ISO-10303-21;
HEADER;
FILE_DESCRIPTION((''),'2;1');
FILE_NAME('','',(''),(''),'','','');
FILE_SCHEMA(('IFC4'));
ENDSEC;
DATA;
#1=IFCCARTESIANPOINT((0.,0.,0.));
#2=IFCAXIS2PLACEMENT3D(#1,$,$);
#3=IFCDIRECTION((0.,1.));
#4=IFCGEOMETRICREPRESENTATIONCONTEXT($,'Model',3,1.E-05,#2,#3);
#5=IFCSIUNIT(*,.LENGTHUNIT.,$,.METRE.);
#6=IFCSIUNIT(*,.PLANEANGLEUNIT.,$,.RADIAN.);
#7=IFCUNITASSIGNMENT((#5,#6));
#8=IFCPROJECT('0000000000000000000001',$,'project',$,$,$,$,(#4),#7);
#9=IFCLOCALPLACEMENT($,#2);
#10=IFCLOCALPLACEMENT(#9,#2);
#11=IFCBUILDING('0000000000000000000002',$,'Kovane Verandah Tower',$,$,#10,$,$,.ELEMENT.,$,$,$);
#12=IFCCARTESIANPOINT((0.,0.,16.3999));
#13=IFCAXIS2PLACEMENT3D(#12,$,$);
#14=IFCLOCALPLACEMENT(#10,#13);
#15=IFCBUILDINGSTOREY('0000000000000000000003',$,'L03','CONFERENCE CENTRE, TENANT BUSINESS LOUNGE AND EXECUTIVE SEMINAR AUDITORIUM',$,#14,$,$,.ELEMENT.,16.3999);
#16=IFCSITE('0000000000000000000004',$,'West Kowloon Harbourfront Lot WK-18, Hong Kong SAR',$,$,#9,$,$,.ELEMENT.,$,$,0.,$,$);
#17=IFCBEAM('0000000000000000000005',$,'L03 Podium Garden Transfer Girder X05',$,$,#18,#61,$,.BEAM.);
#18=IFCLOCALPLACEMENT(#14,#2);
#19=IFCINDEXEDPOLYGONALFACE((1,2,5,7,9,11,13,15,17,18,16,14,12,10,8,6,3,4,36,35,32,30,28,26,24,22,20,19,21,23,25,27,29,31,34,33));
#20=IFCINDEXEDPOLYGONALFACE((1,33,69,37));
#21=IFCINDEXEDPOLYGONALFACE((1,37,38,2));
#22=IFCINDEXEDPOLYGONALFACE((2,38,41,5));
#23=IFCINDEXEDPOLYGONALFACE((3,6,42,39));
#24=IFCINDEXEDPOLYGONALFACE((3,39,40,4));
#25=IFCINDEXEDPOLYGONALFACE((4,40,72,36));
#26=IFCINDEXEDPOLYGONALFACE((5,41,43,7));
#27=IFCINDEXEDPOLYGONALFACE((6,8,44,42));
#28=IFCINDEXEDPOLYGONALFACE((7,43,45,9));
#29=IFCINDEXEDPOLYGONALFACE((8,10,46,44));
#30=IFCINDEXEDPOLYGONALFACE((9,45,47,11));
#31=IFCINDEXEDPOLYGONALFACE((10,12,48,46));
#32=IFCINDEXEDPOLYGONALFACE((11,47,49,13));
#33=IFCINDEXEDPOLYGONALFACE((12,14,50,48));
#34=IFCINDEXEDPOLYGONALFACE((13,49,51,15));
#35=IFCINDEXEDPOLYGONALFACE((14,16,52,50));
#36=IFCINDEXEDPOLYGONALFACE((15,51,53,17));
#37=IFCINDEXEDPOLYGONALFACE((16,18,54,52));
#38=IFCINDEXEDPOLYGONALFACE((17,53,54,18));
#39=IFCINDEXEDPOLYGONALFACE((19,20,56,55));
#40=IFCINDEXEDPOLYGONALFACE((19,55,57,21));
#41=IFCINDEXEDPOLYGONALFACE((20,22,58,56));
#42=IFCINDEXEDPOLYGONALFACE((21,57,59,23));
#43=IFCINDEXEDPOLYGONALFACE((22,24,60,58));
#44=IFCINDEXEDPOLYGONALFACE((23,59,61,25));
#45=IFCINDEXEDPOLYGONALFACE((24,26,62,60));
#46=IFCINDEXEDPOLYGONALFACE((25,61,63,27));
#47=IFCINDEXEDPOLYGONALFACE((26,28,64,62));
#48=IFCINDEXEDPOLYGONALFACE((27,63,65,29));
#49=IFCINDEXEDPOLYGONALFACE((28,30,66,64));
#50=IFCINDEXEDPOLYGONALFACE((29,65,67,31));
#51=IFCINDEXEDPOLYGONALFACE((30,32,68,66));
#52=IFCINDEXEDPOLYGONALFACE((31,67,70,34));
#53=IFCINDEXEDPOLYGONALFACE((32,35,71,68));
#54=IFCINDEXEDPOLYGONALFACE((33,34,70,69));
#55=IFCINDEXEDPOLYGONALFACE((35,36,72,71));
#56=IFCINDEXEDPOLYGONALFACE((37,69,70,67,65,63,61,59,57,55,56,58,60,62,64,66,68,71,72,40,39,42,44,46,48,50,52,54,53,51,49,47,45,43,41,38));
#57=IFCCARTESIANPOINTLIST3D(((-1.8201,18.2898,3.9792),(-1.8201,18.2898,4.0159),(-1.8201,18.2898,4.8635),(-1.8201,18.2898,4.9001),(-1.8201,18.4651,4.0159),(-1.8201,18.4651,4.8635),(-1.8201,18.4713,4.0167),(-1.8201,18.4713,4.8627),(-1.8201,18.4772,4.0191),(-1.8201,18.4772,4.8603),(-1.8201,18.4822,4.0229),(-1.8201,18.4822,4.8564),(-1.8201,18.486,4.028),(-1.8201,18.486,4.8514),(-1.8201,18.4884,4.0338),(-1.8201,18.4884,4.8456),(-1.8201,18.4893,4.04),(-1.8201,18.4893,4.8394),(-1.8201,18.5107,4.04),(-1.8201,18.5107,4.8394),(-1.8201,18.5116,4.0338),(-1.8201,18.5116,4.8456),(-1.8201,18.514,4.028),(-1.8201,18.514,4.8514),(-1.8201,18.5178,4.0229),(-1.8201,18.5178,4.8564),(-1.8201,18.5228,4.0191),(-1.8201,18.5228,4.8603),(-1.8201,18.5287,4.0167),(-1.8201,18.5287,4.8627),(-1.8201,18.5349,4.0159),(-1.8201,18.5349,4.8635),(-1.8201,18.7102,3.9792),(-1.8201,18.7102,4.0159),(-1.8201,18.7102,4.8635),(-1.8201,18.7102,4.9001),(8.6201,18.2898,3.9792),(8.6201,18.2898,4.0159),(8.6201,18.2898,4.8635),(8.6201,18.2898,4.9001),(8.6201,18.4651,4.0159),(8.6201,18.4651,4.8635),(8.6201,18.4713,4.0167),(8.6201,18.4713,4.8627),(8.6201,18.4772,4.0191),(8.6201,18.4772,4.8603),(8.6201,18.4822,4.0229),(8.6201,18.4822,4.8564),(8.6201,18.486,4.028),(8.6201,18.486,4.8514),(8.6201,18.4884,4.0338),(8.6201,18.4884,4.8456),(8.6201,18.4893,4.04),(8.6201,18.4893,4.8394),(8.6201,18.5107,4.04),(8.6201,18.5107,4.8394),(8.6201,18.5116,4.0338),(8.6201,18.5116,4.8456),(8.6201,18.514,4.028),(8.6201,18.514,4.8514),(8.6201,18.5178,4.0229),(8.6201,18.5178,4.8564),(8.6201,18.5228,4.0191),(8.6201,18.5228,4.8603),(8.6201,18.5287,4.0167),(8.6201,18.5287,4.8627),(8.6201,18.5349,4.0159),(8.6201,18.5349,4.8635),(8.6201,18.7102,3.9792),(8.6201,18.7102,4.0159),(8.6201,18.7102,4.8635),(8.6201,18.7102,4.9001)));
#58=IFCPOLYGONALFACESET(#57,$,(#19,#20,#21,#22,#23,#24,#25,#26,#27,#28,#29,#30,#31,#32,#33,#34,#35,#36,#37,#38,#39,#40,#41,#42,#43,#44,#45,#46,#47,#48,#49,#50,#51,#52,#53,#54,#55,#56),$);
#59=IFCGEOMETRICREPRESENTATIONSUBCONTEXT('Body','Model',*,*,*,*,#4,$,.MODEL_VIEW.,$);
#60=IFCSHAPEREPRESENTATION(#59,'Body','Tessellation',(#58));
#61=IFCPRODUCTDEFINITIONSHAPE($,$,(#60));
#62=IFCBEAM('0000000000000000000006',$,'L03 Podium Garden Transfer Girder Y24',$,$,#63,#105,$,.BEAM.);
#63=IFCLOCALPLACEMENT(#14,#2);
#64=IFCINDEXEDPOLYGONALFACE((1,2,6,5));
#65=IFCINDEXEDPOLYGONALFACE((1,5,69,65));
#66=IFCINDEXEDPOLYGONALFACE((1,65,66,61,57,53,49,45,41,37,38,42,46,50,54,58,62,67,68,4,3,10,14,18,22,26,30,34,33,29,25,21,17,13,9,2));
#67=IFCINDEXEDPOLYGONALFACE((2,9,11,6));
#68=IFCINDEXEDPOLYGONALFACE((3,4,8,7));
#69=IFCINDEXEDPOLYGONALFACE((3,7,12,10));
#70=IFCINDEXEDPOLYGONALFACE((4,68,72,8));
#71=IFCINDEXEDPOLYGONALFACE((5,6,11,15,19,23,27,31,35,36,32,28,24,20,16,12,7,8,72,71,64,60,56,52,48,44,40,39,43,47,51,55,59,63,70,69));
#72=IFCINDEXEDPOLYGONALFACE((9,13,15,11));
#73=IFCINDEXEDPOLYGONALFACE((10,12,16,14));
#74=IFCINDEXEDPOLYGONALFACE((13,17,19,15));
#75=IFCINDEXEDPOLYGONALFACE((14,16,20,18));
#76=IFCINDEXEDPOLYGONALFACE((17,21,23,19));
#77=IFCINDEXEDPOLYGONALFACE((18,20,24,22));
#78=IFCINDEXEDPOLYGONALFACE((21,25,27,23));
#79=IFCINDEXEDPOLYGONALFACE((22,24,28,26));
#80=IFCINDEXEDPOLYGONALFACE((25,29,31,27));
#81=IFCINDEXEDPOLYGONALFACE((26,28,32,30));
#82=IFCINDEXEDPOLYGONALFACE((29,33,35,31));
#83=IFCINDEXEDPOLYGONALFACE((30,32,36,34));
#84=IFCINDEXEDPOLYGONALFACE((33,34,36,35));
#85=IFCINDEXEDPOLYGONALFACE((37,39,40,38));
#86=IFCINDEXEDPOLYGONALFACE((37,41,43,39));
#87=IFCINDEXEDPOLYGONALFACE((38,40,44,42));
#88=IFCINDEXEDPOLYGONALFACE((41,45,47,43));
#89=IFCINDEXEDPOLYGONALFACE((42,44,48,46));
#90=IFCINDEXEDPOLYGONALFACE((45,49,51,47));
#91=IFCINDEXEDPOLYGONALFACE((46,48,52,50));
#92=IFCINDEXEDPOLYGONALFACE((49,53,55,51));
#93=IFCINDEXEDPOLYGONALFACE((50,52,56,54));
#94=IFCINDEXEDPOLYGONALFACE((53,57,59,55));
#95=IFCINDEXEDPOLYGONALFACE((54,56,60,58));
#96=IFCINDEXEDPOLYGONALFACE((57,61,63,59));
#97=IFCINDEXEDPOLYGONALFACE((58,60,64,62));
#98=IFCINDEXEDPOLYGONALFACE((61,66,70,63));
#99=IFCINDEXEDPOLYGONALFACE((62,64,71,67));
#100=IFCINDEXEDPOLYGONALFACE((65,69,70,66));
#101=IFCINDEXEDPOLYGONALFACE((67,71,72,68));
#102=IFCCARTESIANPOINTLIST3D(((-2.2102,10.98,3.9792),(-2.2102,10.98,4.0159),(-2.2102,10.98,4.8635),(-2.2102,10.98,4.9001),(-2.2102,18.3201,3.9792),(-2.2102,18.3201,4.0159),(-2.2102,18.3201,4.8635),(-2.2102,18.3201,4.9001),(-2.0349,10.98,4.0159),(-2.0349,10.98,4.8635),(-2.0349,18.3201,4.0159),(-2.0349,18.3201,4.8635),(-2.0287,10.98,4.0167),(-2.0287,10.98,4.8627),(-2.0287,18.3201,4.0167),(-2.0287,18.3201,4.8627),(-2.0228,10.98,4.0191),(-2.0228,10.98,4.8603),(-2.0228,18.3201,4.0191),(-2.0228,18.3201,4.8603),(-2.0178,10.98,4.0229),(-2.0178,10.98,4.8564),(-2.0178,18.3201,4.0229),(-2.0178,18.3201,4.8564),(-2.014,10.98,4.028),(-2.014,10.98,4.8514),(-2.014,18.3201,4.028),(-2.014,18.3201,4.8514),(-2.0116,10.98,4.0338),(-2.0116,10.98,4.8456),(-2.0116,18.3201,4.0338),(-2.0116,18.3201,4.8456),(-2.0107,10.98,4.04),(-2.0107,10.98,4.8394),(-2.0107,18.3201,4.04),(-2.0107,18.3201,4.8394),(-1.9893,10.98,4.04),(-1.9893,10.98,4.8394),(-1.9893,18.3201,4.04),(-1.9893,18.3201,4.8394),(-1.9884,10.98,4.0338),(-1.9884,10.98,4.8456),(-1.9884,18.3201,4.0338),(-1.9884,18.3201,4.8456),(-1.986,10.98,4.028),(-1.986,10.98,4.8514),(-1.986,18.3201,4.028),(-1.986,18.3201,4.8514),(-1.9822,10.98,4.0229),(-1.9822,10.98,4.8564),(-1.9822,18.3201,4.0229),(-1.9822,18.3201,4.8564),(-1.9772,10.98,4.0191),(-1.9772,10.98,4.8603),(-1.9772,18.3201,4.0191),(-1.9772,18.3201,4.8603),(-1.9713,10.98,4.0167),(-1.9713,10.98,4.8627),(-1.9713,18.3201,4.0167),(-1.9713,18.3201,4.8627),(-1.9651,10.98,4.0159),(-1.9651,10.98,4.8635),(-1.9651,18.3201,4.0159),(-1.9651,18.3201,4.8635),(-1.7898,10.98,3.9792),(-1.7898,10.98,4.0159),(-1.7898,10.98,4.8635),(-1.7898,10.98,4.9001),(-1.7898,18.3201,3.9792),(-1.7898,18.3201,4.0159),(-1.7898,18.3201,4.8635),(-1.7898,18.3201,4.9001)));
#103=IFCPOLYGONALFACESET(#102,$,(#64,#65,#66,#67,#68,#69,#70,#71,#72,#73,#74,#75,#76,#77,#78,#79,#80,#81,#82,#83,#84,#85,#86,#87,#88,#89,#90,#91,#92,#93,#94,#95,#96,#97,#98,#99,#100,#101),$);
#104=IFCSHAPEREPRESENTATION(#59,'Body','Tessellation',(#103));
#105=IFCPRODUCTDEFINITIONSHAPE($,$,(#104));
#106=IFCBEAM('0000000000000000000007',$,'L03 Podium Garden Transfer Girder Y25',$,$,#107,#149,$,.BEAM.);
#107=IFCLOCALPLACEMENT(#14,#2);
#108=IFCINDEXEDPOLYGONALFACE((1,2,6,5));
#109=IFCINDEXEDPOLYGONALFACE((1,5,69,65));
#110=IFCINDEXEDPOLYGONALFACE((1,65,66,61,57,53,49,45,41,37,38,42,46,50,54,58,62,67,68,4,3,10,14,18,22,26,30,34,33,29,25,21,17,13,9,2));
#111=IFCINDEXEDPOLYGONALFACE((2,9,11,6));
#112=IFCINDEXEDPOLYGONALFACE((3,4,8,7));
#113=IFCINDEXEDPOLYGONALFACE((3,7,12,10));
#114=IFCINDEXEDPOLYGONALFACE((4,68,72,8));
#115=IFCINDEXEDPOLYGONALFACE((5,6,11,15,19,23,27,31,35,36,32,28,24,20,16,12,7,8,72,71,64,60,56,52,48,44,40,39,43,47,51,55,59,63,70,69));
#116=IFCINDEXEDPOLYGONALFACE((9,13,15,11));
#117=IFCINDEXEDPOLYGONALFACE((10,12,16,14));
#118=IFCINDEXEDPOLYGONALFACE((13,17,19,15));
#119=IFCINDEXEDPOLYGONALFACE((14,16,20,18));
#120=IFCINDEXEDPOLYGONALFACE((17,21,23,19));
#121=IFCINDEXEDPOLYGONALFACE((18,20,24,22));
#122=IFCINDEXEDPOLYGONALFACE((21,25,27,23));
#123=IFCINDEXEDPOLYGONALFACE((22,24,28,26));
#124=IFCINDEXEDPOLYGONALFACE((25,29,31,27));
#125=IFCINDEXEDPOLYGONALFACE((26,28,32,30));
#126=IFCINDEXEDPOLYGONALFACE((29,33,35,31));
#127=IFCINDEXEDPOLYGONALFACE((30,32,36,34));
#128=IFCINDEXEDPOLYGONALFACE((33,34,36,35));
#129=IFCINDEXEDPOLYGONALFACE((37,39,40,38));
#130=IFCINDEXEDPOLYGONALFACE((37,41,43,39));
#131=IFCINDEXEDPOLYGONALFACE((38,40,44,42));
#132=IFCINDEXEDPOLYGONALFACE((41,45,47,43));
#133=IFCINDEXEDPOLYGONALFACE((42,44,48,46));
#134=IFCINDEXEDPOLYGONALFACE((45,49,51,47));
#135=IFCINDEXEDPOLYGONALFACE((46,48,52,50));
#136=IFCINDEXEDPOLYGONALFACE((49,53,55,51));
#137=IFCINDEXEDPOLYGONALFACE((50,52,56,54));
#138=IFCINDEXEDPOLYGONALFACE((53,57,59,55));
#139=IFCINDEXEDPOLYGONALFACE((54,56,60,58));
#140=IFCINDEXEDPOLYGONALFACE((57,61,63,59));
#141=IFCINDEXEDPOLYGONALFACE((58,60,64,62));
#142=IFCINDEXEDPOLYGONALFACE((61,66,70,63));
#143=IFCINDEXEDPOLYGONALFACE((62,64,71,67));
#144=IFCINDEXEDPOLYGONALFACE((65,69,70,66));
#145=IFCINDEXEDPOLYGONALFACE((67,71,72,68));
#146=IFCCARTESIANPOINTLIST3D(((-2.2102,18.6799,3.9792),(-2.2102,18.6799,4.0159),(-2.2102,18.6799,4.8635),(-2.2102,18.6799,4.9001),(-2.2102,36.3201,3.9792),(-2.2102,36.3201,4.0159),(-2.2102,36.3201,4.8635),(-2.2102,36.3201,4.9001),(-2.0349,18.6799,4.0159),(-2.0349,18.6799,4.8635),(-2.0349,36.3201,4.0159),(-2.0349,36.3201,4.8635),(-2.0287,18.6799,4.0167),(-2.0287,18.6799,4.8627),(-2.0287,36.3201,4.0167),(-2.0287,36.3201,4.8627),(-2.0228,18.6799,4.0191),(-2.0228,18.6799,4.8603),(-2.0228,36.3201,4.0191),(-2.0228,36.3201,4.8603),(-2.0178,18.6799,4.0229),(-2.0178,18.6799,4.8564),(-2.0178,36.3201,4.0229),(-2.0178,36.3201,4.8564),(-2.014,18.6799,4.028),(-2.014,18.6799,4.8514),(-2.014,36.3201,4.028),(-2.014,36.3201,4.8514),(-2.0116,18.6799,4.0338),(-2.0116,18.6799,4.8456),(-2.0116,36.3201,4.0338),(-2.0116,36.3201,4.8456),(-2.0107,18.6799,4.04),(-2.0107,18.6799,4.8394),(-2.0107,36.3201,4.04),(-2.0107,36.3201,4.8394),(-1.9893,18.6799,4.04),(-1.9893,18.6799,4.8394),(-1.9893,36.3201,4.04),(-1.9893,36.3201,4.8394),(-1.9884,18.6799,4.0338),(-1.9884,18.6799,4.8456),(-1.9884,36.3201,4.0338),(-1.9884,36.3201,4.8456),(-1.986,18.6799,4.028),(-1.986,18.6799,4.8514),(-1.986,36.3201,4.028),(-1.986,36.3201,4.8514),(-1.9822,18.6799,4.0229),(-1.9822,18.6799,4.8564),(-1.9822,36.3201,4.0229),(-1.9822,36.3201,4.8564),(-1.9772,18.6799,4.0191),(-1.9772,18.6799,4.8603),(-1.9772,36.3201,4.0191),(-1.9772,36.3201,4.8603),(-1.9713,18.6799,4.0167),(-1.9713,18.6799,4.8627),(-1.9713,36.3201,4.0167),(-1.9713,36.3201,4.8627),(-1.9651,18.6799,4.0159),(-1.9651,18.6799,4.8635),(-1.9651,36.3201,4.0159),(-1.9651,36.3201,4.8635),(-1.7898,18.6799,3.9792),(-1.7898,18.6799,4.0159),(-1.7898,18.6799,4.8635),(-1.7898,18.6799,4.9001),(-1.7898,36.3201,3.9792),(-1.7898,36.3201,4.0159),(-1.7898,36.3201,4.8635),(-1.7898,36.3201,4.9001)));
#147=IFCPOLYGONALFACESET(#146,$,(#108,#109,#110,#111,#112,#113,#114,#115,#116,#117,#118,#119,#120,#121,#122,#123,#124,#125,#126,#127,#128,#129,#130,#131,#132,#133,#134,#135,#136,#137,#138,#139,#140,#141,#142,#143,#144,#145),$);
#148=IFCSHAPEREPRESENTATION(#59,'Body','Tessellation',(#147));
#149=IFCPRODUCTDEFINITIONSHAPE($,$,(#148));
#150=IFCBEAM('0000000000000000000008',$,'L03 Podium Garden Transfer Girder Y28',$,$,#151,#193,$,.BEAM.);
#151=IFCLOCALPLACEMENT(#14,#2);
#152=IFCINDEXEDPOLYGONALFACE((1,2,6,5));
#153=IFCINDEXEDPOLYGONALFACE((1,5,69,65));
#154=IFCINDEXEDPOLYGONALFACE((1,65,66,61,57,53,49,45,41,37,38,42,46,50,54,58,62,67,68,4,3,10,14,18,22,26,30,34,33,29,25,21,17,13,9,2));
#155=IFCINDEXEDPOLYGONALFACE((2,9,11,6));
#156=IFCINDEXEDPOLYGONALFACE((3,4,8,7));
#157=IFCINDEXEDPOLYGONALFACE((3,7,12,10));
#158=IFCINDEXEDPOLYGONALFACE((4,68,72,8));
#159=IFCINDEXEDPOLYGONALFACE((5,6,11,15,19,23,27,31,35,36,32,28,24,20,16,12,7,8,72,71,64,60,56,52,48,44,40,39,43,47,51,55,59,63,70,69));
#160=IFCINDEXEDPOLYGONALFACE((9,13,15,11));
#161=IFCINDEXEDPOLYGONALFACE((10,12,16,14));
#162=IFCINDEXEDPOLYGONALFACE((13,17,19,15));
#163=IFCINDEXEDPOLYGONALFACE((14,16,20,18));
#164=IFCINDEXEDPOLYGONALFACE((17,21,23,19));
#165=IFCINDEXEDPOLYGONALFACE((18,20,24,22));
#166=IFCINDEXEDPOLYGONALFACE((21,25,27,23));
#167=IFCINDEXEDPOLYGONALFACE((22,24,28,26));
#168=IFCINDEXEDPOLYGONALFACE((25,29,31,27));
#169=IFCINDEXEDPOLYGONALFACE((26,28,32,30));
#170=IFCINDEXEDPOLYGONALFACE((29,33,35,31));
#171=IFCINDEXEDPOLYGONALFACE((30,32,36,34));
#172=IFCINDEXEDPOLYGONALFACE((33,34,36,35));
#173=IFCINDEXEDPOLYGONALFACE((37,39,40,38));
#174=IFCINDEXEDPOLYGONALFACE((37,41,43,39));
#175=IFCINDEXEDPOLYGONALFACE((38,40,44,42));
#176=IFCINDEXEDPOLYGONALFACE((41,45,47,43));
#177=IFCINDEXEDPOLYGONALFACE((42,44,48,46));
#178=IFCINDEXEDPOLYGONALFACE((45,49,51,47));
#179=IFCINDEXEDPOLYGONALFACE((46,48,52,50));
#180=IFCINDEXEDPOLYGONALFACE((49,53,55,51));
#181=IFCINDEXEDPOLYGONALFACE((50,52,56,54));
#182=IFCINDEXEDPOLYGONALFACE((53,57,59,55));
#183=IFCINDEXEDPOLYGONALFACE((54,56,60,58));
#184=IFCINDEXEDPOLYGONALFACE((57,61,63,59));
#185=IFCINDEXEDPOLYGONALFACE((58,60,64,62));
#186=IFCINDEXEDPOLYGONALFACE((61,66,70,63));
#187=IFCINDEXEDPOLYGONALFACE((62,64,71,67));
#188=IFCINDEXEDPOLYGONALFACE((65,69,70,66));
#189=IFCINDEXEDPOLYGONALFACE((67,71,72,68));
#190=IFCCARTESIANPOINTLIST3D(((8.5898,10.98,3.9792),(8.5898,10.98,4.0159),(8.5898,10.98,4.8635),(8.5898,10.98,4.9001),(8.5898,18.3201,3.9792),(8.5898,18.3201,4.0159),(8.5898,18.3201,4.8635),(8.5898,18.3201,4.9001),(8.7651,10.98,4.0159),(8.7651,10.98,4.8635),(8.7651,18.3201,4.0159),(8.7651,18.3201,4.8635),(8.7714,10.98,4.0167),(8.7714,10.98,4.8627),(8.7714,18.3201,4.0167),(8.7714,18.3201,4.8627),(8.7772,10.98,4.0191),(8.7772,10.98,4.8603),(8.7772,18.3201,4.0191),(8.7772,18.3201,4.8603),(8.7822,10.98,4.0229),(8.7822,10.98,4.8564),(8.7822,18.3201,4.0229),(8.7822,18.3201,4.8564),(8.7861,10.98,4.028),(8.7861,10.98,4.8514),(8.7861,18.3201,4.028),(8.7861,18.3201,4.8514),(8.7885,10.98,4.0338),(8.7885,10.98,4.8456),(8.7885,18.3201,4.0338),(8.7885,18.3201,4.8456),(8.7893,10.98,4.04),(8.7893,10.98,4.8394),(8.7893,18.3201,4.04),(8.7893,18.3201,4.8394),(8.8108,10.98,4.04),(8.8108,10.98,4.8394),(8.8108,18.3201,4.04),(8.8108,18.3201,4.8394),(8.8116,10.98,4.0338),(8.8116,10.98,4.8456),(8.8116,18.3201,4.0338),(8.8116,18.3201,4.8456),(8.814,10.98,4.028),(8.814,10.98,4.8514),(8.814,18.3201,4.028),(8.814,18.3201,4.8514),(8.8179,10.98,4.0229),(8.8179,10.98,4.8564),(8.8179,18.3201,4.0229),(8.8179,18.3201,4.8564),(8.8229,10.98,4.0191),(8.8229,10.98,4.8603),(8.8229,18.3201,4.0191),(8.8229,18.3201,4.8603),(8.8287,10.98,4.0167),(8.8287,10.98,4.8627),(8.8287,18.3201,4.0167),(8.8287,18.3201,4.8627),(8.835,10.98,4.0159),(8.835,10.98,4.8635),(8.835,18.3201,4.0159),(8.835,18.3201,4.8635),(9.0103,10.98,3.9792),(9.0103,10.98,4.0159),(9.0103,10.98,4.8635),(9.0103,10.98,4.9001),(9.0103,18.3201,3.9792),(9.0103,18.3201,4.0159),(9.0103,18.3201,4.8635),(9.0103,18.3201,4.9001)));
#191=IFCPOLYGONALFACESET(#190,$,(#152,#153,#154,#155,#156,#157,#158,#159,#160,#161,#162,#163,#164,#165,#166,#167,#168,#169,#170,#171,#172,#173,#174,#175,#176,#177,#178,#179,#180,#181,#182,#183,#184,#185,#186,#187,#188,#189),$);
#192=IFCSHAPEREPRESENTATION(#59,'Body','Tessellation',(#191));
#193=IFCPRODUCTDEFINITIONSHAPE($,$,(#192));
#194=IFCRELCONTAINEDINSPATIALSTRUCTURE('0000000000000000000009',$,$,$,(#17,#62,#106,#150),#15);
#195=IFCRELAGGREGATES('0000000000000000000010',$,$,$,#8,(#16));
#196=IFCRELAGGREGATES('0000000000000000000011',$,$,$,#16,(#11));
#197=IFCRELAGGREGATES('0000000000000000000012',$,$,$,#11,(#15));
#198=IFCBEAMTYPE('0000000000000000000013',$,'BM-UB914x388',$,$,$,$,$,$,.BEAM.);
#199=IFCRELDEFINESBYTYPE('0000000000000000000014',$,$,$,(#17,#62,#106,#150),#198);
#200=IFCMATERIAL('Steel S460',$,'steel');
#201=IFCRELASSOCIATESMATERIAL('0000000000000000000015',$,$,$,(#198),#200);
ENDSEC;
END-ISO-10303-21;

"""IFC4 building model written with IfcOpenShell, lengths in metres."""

from ifc_helpers import new_model, si_unit, direction, frame, origin, origin_2d, place, context, subcontext, project, spatial, i_section, extrude, material, material_profile, profile_set, type_object, element, save


model = new_model("IFC4")

# Units and contexts
model_context = context("Model", 3, precision=1e-05, world=origin(), true_north=direction((0.0, 1.0)))
body_context = subcontext(model_context, "Body", "Model", "MODEL_VIEW")
ifc_project = project(units=[si_unit("LENGTHUNIT", "METRE"), si_unit("PLANEANGLEUNIT", "RADIAN")], contexts=[model_context])

# Site, building, storey
site_placement = place(None, origin())
site = spatial("IfcSite", under=ifc_project, at=site_placement, Name="West Kowloon Harbourfront Lot WK-18, Hong Kong SAR", CompositionType="ELEMENT", RefElevation=0.0)
building_placement = place(site_placement, origin())
building = spatial("IfcBuilding", under=site, at=building_placement, Name="Kovane Verandah Tower", CompositionType="ELEMENT")
storey_placement = place(building_placement, frame((0.0, 0.0, 16.3999)))
storey = spatial("IfcBuildingStorey", under=building, at=storey_placement, Name="L03", Description="CONFERENCE CENTRE, TENANT BUSINESS LOUNGE AND EXECUTIVE SEMINAR AUDITORIUM", CompositionType="ELEMENT", Elevation=16.3999)

# Beams
ifc_material_1 = material(Name="Steel S460", Category="steel")
ifc_material_profile_1 = material_profile(ifc_material_1, i_section(OverallWidth=0.4204, OverallDepth=0.9209, WebThickness=0.0215, FlangeThickness=0.0366, FilletRadius=0.0242, at=origin_2d()), Name="UB914x419x388")
ifc_profile_set_1 = profile_set([ifc_material_profile_1], Name="Steel S460")
beam_type = type_object("IfcBeamType", Name="BM-UB914x388", PredefinedType="BEAM", material=ifc_profile_set_1)
for number, where, z_axis, x_axis, name in (
    (1, (-1.8201, 18.5, 4.4397), (1.0, 0.0, 0.0), (0.0, 1.0, 0.0), "L03 Podium Garden Transfer Girder X05"),
):
    element("IfcBeam", number, at=place(storey_placement, frame(where, z_axis=z_axis, x_axis=x_axis)), inside=storey, type_object=beam_type, Name=name, PredefinedType="BEAM", context=body_context, shape_type="SweptSolid", body=[
        extrude(i_section(OverallWidth=0.4204, OverallDepth=0.9209, WebThickness=0.0215, FlangeThickness=0.0366, FilletRadius=0.0242, at=origin_2d()), origin(), (0.0, 0.0, 1.0), 10.4402),
    ])
beam_1_placement = place(storey_placement, frame((-2.0, 10.98, 4.4397), z_axis=(0.0, 1.0, 0.0), x_axis=(-1.0, 0.0, 0.0)))
element("IfcBeam", 2, at=beam_1_placement, inside=storey, type_object=beam_type, Name="L03 Podium Garden Transfer Girder Y24", PredefinedType="BEAM", context=body_context, shape_type="SweptSolid", body=[
    extrude(i_section(OverallWidth=0.4204, OverallDepth=0.9209, WebThickness=0.0215, FlangeThickness=0.0366, FilletRadius=0.0242, at=origin_2d()), origin(), (0.0, 0.0, 1.0), 7.3401),
])
beam_2_placement = place(storey_placement, frame((-2.0, 18.6799, 4.4397), z_axis=(0.0, 1.0, 0.0), x_axis=(-1.0, 0.0, 0.0)))
element("IfcBeam", 3, at=beam_2_placement, inside=storey, type_object=beam_type, Name="L03 Podium Garden Transfer Girder Y25", PredefinedType="BEAM", context=body_context, shape_type="SweptSolid", body=[
    extrude(i_section(OverallWidth=0.4204, OverallDepth=0.9209, WebThickness=0.0215, FlangeThickness=0.0366, FilletRadius=0.0242, at=origin_2d()), origin(), (0.0, 0.0, 1.0), 17.6401),
])
beam_3_placement = place(storey_placement, frame((8.8, 10.98, 4.4397), z_axis=(0.0, 1.0, 0.0), x_axis=(-1.0, 0.0, 0.0)))
element("IfcBeam", 4, at=beam_3_placement, inside=storey, type_object=beam_type, Name="L03 Podium Garden Transfer Girder Y28", PredefinedType="BEAM", context=body_context, shape_type="SweptSolid", body=[
    extrude(i_section(OverallWidth=0.4204, OverallDepth=0.9209, WebThickness=0.0215, FlangeThickness=0.0366, FilletRadius=0.0242, at=origin_2d()), origin(), (0.0, 0.0, 1.0), 7.3401),
])

save(model, "model.ifc")
